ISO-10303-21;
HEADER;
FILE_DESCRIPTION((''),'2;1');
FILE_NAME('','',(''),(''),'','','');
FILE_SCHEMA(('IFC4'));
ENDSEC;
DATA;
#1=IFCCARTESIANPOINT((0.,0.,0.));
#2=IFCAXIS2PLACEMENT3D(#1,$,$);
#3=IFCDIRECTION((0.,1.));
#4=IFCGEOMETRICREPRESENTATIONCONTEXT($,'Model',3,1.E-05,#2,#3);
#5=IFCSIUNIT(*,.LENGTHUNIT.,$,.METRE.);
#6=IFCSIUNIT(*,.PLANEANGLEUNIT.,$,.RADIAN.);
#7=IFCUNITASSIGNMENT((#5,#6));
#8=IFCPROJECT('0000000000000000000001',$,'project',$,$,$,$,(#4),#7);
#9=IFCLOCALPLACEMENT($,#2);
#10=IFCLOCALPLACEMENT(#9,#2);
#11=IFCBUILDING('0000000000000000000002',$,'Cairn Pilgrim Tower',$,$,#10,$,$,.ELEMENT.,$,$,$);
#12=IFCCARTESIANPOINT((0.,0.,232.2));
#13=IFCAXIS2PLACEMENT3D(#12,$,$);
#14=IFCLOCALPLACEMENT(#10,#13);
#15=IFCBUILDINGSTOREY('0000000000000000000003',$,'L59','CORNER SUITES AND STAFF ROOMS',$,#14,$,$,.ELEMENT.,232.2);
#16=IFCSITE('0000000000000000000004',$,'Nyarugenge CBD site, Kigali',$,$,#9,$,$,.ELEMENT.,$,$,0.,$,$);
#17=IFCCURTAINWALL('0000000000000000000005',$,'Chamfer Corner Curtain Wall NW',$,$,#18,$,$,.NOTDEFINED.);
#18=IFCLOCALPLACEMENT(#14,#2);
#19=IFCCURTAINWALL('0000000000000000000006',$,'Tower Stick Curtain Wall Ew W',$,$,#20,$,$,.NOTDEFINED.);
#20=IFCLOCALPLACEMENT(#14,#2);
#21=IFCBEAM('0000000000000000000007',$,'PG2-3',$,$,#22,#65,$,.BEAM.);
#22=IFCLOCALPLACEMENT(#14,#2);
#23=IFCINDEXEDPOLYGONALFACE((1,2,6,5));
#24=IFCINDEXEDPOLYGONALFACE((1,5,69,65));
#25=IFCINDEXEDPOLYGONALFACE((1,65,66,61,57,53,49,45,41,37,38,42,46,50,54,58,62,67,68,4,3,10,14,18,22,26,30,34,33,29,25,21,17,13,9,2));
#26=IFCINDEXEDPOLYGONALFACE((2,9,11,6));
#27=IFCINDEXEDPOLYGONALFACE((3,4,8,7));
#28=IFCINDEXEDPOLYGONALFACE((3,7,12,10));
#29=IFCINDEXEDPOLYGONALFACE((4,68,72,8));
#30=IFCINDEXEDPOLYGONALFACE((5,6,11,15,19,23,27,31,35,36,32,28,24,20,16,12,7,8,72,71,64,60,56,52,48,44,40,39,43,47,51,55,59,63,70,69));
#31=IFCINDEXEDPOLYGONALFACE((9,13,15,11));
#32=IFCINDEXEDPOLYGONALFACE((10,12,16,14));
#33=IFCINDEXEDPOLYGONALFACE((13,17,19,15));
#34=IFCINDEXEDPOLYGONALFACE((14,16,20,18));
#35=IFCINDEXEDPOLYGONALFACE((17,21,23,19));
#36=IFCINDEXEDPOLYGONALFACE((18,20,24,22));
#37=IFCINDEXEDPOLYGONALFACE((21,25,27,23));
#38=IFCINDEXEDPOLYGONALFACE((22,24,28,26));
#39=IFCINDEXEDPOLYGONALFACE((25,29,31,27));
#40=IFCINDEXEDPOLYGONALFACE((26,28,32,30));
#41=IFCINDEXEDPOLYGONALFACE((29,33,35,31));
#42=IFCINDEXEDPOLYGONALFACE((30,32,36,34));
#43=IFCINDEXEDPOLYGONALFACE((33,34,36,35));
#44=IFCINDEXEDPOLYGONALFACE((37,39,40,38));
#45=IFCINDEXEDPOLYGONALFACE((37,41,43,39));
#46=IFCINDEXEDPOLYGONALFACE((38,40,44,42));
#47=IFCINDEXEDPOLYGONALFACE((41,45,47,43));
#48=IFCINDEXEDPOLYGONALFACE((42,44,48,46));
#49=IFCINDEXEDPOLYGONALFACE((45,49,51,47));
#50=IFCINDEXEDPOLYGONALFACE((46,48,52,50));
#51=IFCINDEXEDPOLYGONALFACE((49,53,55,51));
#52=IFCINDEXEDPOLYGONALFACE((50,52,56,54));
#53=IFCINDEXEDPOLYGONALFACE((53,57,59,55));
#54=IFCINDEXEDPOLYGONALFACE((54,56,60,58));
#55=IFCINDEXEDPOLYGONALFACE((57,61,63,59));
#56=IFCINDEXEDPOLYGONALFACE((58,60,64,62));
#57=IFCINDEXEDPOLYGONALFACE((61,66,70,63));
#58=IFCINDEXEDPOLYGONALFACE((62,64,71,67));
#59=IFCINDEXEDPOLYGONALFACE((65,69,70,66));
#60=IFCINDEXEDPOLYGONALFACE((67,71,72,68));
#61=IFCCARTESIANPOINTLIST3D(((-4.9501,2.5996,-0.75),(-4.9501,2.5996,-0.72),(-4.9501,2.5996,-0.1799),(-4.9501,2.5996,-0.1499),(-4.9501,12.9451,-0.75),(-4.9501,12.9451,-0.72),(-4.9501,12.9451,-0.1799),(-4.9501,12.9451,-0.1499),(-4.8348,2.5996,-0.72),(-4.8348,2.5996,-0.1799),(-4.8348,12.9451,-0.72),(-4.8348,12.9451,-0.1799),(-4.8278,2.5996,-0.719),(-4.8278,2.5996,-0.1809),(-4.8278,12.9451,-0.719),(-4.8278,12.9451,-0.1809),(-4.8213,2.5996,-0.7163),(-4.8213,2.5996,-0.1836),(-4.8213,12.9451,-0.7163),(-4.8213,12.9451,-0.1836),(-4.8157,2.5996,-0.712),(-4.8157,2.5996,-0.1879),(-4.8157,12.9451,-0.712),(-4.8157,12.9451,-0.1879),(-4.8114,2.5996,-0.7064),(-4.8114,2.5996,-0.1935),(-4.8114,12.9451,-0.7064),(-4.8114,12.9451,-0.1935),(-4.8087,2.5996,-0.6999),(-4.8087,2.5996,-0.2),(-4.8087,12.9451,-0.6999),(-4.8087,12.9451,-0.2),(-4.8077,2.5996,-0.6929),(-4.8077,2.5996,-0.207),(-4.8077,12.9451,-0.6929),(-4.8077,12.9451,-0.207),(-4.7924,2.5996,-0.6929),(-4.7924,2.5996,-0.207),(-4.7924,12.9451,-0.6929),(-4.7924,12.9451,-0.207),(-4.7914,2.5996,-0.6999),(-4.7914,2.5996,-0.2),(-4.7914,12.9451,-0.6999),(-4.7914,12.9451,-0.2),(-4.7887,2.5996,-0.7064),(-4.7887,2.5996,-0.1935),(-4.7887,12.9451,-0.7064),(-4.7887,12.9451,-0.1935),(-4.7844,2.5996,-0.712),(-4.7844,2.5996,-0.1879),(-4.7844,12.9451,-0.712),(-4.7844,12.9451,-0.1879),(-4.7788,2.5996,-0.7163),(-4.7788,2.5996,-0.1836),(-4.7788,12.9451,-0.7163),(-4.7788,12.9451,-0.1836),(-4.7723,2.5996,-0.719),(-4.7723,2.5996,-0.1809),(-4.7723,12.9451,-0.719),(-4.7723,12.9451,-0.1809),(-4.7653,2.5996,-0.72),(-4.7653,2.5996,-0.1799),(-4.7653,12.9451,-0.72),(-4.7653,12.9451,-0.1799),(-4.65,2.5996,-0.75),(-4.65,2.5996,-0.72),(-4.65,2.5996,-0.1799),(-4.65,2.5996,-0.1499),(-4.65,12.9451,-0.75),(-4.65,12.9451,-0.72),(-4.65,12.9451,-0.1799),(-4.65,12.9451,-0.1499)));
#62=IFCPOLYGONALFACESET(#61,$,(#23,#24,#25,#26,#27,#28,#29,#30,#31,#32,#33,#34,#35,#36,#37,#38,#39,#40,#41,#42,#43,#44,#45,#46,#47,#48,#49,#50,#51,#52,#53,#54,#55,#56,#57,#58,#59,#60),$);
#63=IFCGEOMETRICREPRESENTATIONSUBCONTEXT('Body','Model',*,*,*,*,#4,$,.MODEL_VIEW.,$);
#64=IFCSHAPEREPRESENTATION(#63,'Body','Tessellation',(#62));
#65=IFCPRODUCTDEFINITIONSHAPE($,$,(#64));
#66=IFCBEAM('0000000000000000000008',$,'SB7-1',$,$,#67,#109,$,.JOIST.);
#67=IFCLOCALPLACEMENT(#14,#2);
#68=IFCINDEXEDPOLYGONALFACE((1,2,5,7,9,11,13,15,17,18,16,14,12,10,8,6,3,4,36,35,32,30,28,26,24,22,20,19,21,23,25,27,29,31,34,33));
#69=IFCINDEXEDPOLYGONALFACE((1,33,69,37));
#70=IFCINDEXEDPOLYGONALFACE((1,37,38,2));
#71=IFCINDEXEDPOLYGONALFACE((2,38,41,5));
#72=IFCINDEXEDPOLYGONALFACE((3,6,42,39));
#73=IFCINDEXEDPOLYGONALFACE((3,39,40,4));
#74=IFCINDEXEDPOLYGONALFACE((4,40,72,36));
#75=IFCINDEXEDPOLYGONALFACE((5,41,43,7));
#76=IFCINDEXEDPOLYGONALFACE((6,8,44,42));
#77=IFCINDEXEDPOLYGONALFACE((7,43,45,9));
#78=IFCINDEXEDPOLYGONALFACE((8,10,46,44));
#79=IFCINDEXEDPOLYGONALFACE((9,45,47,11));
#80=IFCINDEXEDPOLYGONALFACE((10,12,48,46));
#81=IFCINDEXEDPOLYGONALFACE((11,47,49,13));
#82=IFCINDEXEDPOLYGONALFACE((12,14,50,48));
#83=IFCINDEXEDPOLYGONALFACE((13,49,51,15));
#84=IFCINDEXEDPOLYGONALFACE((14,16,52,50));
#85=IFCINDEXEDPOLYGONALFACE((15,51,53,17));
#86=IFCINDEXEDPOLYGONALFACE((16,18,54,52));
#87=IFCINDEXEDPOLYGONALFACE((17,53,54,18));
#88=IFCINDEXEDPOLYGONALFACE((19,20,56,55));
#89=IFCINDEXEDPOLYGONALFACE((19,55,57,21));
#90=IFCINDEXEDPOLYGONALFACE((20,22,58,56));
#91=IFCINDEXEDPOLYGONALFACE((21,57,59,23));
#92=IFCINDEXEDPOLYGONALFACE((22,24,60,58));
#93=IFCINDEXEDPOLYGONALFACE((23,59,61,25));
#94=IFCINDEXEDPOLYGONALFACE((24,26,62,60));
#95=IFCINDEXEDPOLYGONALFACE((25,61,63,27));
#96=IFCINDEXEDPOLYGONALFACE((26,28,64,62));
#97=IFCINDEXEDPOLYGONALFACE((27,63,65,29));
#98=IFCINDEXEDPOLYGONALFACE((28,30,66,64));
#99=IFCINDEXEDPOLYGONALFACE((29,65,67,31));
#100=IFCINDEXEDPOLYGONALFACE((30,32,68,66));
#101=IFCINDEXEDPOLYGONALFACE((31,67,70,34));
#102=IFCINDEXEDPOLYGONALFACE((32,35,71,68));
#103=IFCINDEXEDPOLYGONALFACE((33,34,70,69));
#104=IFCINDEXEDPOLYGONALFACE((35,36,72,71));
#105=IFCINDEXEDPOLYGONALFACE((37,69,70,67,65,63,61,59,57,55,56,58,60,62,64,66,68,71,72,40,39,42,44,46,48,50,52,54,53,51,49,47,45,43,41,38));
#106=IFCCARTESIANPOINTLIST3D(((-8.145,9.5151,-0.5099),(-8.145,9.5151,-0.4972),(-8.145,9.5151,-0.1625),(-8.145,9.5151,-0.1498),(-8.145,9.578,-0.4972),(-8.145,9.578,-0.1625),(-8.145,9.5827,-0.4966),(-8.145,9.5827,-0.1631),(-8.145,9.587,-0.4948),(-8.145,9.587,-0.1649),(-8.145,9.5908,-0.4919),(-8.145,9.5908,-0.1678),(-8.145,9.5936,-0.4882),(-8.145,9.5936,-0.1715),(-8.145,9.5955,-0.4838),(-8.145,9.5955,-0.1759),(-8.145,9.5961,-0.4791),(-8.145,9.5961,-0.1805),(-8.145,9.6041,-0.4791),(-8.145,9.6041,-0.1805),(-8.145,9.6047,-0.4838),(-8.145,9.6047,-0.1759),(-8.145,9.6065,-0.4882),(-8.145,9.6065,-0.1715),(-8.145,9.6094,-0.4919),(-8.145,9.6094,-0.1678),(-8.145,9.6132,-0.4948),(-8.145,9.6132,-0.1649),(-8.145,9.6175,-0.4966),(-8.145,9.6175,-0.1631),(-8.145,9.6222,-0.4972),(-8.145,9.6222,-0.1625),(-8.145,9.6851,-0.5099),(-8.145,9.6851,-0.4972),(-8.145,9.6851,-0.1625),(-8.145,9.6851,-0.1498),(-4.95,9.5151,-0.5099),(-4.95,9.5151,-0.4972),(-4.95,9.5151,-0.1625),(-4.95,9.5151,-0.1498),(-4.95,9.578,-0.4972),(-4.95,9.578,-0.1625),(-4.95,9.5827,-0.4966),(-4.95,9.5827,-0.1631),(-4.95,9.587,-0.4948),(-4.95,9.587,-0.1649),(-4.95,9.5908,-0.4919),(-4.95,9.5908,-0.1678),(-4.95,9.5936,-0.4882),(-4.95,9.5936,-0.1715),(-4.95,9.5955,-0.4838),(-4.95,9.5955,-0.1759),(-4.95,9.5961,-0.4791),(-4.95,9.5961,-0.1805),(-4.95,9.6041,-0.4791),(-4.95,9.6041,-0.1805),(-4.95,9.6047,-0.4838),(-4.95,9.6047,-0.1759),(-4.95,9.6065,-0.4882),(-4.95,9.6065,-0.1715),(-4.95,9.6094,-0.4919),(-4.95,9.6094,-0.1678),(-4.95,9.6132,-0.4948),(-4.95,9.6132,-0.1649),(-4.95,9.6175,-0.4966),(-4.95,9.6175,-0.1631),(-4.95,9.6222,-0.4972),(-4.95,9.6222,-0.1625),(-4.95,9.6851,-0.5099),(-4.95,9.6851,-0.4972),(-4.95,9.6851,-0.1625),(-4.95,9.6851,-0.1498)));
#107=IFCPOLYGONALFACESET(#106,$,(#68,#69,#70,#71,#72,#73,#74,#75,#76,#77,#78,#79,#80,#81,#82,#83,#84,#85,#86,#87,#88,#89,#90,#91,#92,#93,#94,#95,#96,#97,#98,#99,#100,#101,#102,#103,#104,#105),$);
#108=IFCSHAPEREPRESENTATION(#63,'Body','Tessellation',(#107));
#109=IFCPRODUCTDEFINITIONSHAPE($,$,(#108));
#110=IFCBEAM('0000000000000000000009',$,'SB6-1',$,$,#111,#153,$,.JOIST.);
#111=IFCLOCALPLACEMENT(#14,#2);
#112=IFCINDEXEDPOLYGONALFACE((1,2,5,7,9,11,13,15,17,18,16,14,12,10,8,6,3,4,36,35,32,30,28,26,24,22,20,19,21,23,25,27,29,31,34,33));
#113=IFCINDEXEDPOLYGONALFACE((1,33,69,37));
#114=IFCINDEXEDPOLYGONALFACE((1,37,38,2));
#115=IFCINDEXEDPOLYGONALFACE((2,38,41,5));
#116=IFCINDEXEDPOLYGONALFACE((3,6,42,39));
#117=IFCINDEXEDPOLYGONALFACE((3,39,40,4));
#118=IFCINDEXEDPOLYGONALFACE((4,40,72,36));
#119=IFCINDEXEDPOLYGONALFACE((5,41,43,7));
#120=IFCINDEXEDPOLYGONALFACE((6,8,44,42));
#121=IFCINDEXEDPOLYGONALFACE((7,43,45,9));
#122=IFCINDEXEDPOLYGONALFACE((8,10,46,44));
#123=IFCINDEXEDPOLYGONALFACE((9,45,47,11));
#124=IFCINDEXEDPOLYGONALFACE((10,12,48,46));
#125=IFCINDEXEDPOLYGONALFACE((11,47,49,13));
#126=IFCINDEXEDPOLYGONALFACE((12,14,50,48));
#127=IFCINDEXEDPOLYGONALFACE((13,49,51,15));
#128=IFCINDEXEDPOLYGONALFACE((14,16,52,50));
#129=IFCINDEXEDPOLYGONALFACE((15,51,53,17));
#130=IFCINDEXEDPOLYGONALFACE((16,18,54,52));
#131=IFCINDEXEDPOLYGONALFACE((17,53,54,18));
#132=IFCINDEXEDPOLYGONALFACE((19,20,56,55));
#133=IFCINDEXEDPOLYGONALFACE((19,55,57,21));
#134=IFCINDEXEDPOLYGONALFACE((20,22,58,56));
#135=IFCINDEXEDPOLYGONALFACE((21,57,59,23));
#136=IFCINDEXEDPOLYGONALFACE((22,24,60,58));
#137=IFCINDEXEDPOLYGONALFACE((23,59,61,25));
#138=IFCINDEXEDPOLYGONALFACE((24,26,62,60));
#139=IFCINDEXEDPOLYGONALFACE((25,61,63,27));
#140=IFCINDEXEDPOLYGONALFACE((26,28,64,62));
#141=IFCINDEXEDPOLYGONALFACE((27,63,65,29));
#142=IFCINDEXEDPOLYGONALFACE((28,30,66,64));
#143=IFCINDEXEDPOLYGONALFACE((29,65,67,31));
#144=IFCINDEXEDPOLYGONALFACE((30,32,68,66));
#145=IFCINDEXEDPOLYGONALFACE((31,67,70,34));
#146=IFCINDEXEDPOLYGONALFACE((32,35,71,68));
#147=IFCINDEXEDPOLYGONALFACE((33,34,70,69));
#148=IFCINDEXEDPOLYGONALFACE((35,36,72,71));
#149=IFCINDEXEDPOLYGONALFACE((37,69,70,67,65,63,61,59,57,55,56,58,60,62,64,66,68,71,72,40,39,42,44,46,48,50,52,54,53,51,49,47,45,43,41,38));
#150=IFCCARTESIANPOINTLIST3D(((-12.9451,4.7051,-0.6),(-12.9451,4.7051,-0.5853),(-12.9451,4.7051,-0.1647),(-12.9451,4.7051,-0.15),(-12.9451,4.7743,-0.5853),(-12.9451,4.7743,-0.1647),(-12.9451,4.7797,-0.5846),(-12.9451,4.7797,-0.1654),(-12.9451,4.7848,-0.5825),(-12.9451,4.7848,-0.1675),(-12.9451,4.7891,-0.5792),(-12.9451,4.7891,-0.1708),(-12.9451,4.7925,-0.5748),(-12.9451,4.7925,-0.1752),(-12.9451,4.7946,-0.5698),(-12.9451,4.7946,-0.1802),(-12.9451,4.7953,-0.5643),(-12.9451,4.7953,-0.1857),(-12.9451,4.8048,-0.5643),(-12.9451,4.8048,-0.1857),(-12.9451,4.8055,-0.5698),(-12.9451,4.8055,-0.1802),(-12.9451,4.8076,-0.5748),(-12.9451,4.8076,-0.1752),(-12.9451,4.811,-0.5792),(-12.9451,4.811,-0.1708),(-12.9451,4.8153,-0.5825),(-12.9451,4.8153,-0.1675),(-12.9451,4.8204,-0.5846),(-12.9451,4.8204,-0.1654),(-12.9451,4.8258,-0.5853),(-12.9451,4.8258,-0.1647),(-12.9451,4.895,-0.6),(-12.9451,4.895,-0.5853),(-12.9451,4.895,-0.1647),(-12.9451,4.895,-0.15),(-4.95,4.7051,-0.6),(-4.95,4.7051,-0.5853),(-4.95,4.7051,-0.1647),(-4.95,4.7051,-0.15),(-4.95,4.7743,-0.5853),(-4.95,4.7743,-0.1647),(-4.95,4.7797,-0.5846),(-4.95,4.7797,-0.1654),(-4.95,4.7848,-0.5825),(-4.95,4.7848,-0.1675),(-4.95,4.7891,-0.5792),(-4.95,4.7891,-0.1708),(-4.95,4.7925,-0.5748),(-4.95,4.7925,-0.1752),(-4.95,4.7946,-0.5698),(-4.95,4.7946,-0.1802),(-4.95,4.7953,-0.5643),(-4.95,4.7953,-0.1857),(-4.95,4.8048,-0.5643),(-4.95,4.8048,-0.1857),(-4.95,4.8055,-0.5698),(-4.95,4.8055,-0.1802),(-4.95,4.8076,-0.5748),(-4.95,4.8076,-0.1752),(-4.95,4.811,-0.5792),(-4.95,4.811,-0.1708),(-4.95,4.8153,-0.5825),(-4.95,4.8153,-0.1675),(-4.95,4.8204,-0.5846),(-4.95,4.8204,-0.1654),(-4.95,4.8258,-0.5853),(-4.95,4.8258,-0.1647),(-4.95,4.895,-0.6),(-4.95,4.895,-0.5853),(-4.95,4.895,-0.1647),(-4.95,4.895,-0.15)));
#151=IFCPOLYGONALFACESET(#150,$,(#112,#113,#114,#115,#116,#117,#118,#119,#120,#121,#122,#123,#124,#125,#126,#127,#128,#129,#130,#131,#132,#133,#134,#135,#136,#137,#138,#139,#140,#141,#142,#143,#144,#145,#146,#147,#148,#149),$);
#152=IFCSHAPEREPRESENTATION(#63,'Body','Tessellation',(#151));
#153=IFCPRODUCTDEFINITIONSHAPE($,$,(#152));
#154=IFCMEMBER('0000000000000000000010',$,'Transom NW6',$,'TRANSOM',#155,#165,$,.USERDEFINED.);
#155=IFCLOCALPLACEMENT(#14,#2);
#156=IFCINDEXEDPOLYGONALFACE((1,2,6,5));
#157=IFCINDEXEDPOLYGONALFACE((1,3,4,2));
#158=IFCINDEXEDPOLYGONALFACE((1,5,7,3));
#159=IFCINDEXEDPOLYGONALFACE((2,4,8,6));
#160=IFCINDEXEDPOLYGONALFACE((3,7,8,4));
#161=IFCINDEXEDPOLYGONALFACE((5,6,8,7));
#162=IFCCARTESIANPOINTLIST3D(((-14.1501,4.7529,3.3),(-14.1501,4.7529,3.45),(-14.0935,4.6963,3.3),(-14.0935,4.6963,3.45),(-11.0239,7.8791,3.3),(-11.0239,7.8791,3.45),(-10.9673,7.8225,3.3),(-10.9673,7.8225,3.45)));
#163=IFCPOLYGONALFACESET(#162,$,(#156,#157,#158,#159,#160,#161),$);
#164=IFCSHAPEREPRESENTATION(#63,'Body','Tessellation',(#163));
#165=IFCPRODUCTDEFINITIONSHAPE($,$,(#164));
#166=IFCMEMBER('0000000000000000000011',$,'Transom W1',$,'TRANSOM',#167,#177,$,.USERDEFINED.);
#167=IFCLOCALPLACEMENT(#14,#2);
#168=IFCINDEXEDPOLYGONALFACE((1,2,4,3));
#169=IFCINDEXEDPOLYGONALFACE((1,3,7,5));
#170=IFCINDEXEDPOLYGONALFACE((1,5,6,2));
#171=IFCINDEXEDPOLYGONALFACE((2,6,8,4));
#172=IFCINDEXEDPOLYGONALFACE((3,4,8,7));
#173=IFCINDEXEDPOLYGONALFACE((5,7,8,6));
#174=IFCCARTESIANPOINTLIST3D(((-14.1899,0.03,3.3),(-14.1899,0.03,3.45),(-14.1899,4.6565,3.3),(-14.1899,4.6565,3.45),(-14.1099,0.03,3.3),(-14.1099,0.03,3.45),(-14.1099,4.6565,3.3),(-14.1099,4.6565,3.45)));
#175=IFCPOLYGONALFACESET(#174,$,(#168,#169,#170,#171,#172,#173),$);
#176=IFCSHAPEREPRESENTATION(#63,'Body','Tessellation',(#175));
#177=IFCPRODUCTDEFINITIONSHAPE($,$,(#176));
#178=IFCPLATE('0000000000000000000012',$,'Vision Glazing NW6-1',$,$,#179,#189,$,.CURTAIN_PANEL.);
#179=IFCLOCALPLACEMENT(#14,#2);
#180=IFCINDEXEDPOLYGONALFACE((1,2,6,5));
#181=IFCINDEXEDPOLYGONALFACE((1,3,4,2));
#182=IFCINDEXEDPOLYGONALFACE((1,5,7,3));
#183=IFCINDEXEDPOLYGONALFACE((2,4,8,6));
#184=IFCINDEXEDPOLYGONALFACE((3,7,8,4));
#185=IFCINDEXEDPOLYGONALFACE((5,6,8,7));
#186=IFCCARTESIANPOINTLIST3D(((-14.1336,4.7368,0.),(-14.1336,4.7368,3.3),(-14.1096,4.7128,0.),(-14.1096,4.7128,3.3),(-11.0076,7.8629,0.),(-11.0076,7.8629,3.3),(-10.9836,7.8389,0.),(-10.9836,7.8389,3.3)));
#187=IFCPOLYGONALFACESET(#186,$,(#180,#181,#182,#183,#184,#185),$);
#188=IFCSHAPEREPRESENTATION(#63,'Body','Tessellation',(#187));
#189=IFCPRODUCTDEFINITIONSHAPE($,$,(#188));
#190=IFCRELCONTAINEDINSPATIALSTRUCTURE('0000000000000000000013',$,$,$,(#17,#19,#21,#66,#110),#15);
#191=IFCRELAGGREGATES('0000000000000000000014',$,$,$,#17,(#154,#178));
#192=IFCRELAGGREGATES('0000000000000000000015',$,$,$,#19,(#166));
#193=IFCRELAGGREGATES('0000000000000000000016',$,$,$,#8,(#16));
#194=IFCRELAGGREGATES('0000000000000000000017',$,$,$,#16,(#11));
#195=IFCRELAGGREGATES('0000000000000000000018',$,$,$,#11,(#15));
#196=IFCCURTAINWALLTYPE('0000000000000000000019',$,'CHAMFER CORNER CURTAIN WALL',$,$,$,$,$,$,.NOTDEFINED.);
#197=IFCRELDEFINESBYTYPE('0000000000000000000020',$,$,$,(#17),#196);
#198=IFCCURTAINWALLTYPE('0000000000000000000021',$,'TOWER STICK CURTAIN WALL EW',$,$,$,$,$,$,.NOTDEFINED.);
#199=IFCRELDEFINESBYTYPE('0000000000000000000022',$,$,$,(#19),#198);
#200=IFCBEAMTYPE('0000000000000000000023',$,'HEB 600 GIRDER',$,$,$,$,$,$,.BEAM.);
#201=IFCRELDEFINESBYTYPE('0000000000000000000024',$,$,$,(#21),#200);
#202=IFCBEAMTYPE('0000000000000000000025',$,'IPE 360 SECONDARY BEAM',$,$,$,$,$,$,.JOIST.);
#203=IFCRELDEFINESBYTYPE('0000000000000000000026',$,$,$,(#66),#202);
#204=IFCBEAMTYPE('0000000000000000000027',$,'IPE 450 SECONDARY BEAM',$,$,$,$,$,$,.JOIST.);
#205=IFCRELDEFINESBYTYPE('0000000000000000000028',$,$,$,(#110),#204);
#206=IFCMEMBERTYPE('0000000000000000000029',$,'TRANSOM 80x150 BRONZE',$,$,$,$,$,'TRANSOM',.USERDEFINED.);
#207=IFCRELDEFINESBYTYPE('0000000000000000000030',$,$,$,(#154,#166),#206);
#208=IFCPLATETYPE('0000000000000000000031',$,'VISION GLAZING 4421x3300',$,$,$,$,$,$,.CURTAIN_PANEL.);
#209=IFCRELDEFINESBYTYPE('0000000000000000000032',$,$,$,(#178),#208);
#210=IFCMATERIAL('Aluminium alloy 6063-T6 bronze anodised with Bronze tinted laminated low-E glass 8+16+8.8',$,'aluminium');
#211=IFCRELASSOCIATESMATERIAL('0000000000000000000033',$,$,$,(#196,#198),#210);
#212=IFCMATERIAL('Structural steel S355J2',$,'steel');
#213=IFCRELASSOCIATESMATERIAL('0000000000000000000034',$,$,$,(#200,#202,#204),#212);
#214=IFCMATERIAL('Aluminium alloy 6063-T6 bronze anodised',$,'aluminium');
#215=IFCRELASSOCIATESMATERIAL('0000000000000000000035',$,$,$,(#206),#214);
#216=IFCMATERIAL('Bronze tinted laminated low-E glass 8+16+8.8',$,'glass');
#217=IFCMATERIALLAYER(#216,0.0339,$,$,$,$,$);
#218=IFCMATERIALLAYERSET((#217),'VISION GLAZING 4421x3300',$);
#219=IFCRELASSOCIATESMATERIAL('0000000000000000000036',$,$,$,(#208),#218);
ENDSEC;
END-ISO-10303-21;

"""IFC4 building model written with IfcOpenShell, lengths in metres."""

from ifc_helpers import new_model, si_unit, direction, frame, origin, origin_2d, place, context, subcontext, project, spatial, rectangle, i_section, extrude, material, layer, layer_set, material_profile, profile_set, type_object, element, aggregate, save


model = new_model("IFC4")

# Units and contexts
model_context = context("Model", 3, precision=1e-05, world=origin(), true_north=direction((0.0, 1.0)))
body_context = subcontext(model_context, "Body", "Model", "MODEL_VIEW")
ifc_project = project(units=[si_unit("LENGTHUNIT", "METRE"), si_unit("PLANEANGLEUNIT", "RADIAN")], contexts=[model_context])

# Site, building, storey
site_placement = place(None, origin())
site = spatial("IfcSite", under=ifc_project, at=site_placement, Name="Nyarugenge CBD site, Kigali", CompositionType="ELEMENT", RefElevation=0.0)
building_placement = place(site_placement, origin())
building = spatial("IfcBuilding", under=site, at=building_placement, Name="Cairn Pilgrim Tower", CompositionType="ELEMENT")
storey_placement = place(building_placement, frame((0.0, 0.0, 232.2)))
storey = spatial("IfcBuildingStorey", under=building, at=storey_placement, Name="L59", Description="CORNER SUITES AND STAFF ROOMS", CompositionType="ELEMENT", Elevation=232.2)

# Shared definitions
ifc_material_1 = material(Name="Structural steel S355J2", Category="steel")

# Curtain walls
ifc_material_2 = material(Name="Aluminium alloy 6063-T6 bronze anodised with Bronze tinted laminated low-E glass 8+16+8.8", Category="aluminium")
curtain_wall_type_1 = type_object("IfcCurtainWallType", Name="CHAMFER CORNER CURTAIN WALL", PredefinedType="NOTDEFINED", material=ifc_material_2)
curtain_wall_1_placement = place(storey_placement, origin())
curtain_wall_1 = element("IfcCurtainWall", 1, at=curtain_wall_1_placement, inside=storey, type_object=curtain_wall_type_1, Name="Chamfer Corner Curtain Wall NW", PredefinedType="NOTDEFINED")
ifc_material_3 = material(Name="Aluminium alloy 6063-T6 bronze anodised", Category="aluminium")
curtain_wall_type_2 = type_object("IfcCurtainWallType", Name="TOWER STICK CURTAIN WALL EW", PredefinedType="NOTDEFINED", material=ifc_material_2)
curtain_wall_2_placement = place(storey_placement, origin())
curtain_wall_2 = element("IfcCurtainWall", 2, at=curtain_wall_2_placement, inside=storey, type_object=curtain_wall_type_2, Name="Tower Stick Curtain Wall Ew W", PredefinedType="NOTDEFINED")

# Beams
ifc_material_profile_1 = material_profile(ifc_material_1, i_section(OverallWidth=0.3, OverallDepth=0.6001, WebThickness=0.0154, FlangeThickness=0.03, FilletRadius=0.0271, at=origin_2d()), Name="HEB 600")
ifc_profile_set_1 = profile_set([ifc_material_profile_1], Name="Structural steel S355J2")
beam_type_1 = type_object("IfcBeamType", Name="HEB 600 GIRDER", PredefinedType="BEAM", material=ifc_profile_set_1)
beam_1_placement = place(storey_placement, frame((-4.8, 2.5996, -0.45), z_axis=(0.0, 1.0, 0.0), x_axis=(-1.0, 0.0, 0.0)))
element("IfcBeam", 3, at=beam_1_placement, inside=storey, type_object=beam_type_1, Name="PG2-3", PredefinedType="BEAM", context=body_context, shape_type="SweptSolid", body=[
    extrude(i_section(OverallWidth=0.3, OverallDepth=0.6001, WebThickness=0.0154, FlangeThickness=0.03, FilletRadius=0.0271, at=origin_2d()), origin(), (0.0, 0.0, 1.0), 10.3455),
])
ifc_material_profile_2 = material_profile(ifc_material_1, i_section(OverallWidth=0.1699, OverallDepth=0.3601, WebThickness=0.0081, FlangeThickness=0.0127, FilletRadius=0.0181, at=origin_2d()), Name="IPE 360")
ifc_profile_set_2 = profile_set([ifc_material_profile_2], Name="Structural steel S355J2")
beam_type_2 = type_object("IfcBeamType", Name="IPE 360 SECONDARY BEAM", PredefinedType="JOIST", material=ifc_profile_set_2)
beam_2_placement = place(storey_placement, frame((-8.145, 9.6001, -0.3298), z_axis=(1.0, 0.0, 0.0), x_axis=(0.0, 1.0, 0.0)))
element("IfcBeam", 4, at=beam_2_placement, inside=storey, type_object=beam_type_2, Name="SB7-1", PredefinedType="JOIST", context=body_context, shape_type="SweptSolid", body=[
    extrude(i_section(OverallWidth=0.1699, OverallDepth=0.3601, WebThickness=0.0081, FlangeThickness=0.0127, FilletRadius=0.0181, at=origin_2d()), origin(), (0.0, 0.0, 1.0), 3.1951),
])
ifc_material_profile_3 = material_profile(ifc_material_1, i_section(OverallWidth=0.1899, OverallDepth=0.45, WebThickness=0.0095, FlangeThickness=0.0146, FilletRadius=0.021, at=origin_2d()), Name="IPE 450")
ifc_profile_set_3 = profile_set([ifc_material_profile_3], Name="Structural steel S355J2")
beam_type_3 = type_object("IfcBeamType", Name="IPE 450 SECONDARY BEAM", PredefinedType="JOIST", material=ifc_profile_set_3)
beam_3_placement = place(storey_placement, frame((-12.9451, 4.8, -0.375), z_axis=(1.0, 0.0, 0.0), x_axis=(0.0, 1.0, 0.0)))
element("IfcBeam", 5, at=beam_3_placement, inside=storey, type_object=beam_type_3, Name="SB6-1", PredefinedType="JOIST", context=body_context, shape_type="SweptSolid", body=[
    extrude(i_section(OverallWidth=0.1899, OverallDepth=0.45, WebThickness=0.0095, FlangeThickness=0.0146, FilletRadius=0.021, at=origin_2d()), origin(), (0.0, 0.0, 1.0), 7.9951),
])

# Members
ifc_material_profile_4 = material_profile(ifc_material_3, rectangle(XDim=0.0801, YDim=0.1499, at=origin_2d()), Name="TRANSOM 80x150 BRONZE")
ifc_profile_set_4 = profile_set([ifc_material_profile_4], Name="Aluminium alloy 6063-T6 bronze anodised")
member_type_1 = type_object("IfcMemberType", Name="TRANSOM 80x150 BRONZE", ElementType="TRANSOM", PredefinedType="USERDEFINED", material=ifc_profile_set_4)
member_1_placement = place(storey_placement, frame((-10.9956, 7.8508, 3.375), z_axis=(-0.707107, -0.707107, 0.0), x_axis=(0.707107, -0.707107, 0.0)))
member_1 = element("IfcMember", 6, at=member_1_placement, type_object=member_type_1, Name="Transom NW6", ObjectType="TRANSOM", PredefinedType="USERDEFINED", context=body_context, shape_type="SweptSolid", body=[
    extrude(rectangle(XDim=0.0801, YDim=0.1499, at=origin_2d()), origin(), (0.0, 0.0, 1.0), 4.4211),
])
member_2_placement = place(storey_placement, frame((-14.1499, 4.6565, 3.375), z_axis=(0.0, -1.0, 0.0), x_axis=(1.0, 0.0, 0.0)))
member_2 = element("IfcMember", 7, at=member_2_placement, type_object=member_type_1, Name="Transom W1", ObjectType="TRANSOM", PredefinedType="USERDEFINED", context=body_context, shape_type="SweptSolid", body=[
    extrude(rectangle(XDim=0.0801, YDim=0.1499, at=origin_2d()), origin(), (0.0, 0.0, 1.0), 4.6265),
])

# Plate
ifc_material_4 = material(Name="Bronze tinted laminated low-E glass 8+16+8.8", Category="glass")
ifc_layer_1 = layer(ifc_material_4, 0.0339)
ifc_layer_set_1 = layer_set([ifc_layer_1], Name="VISION GLAZING 4421x3300")
plate_type_1 = type_object("IfcPlateType", Name="VISION GLAZING 4421x3300", PredefinedType="CURTAIN_PANEL", material=ifc_layer_set_1)
plate_1_placement = place(storey_placement, frame((-12.5586, 6.2878, 0.0), z_axis=(0.0, 0.0, 1.0), x_axis=(-0.707107, -0.707107, 0.0)))
plate_1 = element("IfcPlate", 8, at=plate_1_placement, type_object=plate_type_1, Name="Vision Glazing NW6-1", PredefinedType="CURTAIN_PANEL", context=body_context, shape_type="SweptSolid", body=[
    extrude(rectangle(XDim=4.4209, YDim=0.0339, at=origin_2d()), origin(), (0.0, 0.0, 1.0), 3.3),
])
aggregate(curtain_wall_1, [member_1, plate_1])
aggregate(curtain_wall_2, [member_2])

save(model, "model.ifc")
